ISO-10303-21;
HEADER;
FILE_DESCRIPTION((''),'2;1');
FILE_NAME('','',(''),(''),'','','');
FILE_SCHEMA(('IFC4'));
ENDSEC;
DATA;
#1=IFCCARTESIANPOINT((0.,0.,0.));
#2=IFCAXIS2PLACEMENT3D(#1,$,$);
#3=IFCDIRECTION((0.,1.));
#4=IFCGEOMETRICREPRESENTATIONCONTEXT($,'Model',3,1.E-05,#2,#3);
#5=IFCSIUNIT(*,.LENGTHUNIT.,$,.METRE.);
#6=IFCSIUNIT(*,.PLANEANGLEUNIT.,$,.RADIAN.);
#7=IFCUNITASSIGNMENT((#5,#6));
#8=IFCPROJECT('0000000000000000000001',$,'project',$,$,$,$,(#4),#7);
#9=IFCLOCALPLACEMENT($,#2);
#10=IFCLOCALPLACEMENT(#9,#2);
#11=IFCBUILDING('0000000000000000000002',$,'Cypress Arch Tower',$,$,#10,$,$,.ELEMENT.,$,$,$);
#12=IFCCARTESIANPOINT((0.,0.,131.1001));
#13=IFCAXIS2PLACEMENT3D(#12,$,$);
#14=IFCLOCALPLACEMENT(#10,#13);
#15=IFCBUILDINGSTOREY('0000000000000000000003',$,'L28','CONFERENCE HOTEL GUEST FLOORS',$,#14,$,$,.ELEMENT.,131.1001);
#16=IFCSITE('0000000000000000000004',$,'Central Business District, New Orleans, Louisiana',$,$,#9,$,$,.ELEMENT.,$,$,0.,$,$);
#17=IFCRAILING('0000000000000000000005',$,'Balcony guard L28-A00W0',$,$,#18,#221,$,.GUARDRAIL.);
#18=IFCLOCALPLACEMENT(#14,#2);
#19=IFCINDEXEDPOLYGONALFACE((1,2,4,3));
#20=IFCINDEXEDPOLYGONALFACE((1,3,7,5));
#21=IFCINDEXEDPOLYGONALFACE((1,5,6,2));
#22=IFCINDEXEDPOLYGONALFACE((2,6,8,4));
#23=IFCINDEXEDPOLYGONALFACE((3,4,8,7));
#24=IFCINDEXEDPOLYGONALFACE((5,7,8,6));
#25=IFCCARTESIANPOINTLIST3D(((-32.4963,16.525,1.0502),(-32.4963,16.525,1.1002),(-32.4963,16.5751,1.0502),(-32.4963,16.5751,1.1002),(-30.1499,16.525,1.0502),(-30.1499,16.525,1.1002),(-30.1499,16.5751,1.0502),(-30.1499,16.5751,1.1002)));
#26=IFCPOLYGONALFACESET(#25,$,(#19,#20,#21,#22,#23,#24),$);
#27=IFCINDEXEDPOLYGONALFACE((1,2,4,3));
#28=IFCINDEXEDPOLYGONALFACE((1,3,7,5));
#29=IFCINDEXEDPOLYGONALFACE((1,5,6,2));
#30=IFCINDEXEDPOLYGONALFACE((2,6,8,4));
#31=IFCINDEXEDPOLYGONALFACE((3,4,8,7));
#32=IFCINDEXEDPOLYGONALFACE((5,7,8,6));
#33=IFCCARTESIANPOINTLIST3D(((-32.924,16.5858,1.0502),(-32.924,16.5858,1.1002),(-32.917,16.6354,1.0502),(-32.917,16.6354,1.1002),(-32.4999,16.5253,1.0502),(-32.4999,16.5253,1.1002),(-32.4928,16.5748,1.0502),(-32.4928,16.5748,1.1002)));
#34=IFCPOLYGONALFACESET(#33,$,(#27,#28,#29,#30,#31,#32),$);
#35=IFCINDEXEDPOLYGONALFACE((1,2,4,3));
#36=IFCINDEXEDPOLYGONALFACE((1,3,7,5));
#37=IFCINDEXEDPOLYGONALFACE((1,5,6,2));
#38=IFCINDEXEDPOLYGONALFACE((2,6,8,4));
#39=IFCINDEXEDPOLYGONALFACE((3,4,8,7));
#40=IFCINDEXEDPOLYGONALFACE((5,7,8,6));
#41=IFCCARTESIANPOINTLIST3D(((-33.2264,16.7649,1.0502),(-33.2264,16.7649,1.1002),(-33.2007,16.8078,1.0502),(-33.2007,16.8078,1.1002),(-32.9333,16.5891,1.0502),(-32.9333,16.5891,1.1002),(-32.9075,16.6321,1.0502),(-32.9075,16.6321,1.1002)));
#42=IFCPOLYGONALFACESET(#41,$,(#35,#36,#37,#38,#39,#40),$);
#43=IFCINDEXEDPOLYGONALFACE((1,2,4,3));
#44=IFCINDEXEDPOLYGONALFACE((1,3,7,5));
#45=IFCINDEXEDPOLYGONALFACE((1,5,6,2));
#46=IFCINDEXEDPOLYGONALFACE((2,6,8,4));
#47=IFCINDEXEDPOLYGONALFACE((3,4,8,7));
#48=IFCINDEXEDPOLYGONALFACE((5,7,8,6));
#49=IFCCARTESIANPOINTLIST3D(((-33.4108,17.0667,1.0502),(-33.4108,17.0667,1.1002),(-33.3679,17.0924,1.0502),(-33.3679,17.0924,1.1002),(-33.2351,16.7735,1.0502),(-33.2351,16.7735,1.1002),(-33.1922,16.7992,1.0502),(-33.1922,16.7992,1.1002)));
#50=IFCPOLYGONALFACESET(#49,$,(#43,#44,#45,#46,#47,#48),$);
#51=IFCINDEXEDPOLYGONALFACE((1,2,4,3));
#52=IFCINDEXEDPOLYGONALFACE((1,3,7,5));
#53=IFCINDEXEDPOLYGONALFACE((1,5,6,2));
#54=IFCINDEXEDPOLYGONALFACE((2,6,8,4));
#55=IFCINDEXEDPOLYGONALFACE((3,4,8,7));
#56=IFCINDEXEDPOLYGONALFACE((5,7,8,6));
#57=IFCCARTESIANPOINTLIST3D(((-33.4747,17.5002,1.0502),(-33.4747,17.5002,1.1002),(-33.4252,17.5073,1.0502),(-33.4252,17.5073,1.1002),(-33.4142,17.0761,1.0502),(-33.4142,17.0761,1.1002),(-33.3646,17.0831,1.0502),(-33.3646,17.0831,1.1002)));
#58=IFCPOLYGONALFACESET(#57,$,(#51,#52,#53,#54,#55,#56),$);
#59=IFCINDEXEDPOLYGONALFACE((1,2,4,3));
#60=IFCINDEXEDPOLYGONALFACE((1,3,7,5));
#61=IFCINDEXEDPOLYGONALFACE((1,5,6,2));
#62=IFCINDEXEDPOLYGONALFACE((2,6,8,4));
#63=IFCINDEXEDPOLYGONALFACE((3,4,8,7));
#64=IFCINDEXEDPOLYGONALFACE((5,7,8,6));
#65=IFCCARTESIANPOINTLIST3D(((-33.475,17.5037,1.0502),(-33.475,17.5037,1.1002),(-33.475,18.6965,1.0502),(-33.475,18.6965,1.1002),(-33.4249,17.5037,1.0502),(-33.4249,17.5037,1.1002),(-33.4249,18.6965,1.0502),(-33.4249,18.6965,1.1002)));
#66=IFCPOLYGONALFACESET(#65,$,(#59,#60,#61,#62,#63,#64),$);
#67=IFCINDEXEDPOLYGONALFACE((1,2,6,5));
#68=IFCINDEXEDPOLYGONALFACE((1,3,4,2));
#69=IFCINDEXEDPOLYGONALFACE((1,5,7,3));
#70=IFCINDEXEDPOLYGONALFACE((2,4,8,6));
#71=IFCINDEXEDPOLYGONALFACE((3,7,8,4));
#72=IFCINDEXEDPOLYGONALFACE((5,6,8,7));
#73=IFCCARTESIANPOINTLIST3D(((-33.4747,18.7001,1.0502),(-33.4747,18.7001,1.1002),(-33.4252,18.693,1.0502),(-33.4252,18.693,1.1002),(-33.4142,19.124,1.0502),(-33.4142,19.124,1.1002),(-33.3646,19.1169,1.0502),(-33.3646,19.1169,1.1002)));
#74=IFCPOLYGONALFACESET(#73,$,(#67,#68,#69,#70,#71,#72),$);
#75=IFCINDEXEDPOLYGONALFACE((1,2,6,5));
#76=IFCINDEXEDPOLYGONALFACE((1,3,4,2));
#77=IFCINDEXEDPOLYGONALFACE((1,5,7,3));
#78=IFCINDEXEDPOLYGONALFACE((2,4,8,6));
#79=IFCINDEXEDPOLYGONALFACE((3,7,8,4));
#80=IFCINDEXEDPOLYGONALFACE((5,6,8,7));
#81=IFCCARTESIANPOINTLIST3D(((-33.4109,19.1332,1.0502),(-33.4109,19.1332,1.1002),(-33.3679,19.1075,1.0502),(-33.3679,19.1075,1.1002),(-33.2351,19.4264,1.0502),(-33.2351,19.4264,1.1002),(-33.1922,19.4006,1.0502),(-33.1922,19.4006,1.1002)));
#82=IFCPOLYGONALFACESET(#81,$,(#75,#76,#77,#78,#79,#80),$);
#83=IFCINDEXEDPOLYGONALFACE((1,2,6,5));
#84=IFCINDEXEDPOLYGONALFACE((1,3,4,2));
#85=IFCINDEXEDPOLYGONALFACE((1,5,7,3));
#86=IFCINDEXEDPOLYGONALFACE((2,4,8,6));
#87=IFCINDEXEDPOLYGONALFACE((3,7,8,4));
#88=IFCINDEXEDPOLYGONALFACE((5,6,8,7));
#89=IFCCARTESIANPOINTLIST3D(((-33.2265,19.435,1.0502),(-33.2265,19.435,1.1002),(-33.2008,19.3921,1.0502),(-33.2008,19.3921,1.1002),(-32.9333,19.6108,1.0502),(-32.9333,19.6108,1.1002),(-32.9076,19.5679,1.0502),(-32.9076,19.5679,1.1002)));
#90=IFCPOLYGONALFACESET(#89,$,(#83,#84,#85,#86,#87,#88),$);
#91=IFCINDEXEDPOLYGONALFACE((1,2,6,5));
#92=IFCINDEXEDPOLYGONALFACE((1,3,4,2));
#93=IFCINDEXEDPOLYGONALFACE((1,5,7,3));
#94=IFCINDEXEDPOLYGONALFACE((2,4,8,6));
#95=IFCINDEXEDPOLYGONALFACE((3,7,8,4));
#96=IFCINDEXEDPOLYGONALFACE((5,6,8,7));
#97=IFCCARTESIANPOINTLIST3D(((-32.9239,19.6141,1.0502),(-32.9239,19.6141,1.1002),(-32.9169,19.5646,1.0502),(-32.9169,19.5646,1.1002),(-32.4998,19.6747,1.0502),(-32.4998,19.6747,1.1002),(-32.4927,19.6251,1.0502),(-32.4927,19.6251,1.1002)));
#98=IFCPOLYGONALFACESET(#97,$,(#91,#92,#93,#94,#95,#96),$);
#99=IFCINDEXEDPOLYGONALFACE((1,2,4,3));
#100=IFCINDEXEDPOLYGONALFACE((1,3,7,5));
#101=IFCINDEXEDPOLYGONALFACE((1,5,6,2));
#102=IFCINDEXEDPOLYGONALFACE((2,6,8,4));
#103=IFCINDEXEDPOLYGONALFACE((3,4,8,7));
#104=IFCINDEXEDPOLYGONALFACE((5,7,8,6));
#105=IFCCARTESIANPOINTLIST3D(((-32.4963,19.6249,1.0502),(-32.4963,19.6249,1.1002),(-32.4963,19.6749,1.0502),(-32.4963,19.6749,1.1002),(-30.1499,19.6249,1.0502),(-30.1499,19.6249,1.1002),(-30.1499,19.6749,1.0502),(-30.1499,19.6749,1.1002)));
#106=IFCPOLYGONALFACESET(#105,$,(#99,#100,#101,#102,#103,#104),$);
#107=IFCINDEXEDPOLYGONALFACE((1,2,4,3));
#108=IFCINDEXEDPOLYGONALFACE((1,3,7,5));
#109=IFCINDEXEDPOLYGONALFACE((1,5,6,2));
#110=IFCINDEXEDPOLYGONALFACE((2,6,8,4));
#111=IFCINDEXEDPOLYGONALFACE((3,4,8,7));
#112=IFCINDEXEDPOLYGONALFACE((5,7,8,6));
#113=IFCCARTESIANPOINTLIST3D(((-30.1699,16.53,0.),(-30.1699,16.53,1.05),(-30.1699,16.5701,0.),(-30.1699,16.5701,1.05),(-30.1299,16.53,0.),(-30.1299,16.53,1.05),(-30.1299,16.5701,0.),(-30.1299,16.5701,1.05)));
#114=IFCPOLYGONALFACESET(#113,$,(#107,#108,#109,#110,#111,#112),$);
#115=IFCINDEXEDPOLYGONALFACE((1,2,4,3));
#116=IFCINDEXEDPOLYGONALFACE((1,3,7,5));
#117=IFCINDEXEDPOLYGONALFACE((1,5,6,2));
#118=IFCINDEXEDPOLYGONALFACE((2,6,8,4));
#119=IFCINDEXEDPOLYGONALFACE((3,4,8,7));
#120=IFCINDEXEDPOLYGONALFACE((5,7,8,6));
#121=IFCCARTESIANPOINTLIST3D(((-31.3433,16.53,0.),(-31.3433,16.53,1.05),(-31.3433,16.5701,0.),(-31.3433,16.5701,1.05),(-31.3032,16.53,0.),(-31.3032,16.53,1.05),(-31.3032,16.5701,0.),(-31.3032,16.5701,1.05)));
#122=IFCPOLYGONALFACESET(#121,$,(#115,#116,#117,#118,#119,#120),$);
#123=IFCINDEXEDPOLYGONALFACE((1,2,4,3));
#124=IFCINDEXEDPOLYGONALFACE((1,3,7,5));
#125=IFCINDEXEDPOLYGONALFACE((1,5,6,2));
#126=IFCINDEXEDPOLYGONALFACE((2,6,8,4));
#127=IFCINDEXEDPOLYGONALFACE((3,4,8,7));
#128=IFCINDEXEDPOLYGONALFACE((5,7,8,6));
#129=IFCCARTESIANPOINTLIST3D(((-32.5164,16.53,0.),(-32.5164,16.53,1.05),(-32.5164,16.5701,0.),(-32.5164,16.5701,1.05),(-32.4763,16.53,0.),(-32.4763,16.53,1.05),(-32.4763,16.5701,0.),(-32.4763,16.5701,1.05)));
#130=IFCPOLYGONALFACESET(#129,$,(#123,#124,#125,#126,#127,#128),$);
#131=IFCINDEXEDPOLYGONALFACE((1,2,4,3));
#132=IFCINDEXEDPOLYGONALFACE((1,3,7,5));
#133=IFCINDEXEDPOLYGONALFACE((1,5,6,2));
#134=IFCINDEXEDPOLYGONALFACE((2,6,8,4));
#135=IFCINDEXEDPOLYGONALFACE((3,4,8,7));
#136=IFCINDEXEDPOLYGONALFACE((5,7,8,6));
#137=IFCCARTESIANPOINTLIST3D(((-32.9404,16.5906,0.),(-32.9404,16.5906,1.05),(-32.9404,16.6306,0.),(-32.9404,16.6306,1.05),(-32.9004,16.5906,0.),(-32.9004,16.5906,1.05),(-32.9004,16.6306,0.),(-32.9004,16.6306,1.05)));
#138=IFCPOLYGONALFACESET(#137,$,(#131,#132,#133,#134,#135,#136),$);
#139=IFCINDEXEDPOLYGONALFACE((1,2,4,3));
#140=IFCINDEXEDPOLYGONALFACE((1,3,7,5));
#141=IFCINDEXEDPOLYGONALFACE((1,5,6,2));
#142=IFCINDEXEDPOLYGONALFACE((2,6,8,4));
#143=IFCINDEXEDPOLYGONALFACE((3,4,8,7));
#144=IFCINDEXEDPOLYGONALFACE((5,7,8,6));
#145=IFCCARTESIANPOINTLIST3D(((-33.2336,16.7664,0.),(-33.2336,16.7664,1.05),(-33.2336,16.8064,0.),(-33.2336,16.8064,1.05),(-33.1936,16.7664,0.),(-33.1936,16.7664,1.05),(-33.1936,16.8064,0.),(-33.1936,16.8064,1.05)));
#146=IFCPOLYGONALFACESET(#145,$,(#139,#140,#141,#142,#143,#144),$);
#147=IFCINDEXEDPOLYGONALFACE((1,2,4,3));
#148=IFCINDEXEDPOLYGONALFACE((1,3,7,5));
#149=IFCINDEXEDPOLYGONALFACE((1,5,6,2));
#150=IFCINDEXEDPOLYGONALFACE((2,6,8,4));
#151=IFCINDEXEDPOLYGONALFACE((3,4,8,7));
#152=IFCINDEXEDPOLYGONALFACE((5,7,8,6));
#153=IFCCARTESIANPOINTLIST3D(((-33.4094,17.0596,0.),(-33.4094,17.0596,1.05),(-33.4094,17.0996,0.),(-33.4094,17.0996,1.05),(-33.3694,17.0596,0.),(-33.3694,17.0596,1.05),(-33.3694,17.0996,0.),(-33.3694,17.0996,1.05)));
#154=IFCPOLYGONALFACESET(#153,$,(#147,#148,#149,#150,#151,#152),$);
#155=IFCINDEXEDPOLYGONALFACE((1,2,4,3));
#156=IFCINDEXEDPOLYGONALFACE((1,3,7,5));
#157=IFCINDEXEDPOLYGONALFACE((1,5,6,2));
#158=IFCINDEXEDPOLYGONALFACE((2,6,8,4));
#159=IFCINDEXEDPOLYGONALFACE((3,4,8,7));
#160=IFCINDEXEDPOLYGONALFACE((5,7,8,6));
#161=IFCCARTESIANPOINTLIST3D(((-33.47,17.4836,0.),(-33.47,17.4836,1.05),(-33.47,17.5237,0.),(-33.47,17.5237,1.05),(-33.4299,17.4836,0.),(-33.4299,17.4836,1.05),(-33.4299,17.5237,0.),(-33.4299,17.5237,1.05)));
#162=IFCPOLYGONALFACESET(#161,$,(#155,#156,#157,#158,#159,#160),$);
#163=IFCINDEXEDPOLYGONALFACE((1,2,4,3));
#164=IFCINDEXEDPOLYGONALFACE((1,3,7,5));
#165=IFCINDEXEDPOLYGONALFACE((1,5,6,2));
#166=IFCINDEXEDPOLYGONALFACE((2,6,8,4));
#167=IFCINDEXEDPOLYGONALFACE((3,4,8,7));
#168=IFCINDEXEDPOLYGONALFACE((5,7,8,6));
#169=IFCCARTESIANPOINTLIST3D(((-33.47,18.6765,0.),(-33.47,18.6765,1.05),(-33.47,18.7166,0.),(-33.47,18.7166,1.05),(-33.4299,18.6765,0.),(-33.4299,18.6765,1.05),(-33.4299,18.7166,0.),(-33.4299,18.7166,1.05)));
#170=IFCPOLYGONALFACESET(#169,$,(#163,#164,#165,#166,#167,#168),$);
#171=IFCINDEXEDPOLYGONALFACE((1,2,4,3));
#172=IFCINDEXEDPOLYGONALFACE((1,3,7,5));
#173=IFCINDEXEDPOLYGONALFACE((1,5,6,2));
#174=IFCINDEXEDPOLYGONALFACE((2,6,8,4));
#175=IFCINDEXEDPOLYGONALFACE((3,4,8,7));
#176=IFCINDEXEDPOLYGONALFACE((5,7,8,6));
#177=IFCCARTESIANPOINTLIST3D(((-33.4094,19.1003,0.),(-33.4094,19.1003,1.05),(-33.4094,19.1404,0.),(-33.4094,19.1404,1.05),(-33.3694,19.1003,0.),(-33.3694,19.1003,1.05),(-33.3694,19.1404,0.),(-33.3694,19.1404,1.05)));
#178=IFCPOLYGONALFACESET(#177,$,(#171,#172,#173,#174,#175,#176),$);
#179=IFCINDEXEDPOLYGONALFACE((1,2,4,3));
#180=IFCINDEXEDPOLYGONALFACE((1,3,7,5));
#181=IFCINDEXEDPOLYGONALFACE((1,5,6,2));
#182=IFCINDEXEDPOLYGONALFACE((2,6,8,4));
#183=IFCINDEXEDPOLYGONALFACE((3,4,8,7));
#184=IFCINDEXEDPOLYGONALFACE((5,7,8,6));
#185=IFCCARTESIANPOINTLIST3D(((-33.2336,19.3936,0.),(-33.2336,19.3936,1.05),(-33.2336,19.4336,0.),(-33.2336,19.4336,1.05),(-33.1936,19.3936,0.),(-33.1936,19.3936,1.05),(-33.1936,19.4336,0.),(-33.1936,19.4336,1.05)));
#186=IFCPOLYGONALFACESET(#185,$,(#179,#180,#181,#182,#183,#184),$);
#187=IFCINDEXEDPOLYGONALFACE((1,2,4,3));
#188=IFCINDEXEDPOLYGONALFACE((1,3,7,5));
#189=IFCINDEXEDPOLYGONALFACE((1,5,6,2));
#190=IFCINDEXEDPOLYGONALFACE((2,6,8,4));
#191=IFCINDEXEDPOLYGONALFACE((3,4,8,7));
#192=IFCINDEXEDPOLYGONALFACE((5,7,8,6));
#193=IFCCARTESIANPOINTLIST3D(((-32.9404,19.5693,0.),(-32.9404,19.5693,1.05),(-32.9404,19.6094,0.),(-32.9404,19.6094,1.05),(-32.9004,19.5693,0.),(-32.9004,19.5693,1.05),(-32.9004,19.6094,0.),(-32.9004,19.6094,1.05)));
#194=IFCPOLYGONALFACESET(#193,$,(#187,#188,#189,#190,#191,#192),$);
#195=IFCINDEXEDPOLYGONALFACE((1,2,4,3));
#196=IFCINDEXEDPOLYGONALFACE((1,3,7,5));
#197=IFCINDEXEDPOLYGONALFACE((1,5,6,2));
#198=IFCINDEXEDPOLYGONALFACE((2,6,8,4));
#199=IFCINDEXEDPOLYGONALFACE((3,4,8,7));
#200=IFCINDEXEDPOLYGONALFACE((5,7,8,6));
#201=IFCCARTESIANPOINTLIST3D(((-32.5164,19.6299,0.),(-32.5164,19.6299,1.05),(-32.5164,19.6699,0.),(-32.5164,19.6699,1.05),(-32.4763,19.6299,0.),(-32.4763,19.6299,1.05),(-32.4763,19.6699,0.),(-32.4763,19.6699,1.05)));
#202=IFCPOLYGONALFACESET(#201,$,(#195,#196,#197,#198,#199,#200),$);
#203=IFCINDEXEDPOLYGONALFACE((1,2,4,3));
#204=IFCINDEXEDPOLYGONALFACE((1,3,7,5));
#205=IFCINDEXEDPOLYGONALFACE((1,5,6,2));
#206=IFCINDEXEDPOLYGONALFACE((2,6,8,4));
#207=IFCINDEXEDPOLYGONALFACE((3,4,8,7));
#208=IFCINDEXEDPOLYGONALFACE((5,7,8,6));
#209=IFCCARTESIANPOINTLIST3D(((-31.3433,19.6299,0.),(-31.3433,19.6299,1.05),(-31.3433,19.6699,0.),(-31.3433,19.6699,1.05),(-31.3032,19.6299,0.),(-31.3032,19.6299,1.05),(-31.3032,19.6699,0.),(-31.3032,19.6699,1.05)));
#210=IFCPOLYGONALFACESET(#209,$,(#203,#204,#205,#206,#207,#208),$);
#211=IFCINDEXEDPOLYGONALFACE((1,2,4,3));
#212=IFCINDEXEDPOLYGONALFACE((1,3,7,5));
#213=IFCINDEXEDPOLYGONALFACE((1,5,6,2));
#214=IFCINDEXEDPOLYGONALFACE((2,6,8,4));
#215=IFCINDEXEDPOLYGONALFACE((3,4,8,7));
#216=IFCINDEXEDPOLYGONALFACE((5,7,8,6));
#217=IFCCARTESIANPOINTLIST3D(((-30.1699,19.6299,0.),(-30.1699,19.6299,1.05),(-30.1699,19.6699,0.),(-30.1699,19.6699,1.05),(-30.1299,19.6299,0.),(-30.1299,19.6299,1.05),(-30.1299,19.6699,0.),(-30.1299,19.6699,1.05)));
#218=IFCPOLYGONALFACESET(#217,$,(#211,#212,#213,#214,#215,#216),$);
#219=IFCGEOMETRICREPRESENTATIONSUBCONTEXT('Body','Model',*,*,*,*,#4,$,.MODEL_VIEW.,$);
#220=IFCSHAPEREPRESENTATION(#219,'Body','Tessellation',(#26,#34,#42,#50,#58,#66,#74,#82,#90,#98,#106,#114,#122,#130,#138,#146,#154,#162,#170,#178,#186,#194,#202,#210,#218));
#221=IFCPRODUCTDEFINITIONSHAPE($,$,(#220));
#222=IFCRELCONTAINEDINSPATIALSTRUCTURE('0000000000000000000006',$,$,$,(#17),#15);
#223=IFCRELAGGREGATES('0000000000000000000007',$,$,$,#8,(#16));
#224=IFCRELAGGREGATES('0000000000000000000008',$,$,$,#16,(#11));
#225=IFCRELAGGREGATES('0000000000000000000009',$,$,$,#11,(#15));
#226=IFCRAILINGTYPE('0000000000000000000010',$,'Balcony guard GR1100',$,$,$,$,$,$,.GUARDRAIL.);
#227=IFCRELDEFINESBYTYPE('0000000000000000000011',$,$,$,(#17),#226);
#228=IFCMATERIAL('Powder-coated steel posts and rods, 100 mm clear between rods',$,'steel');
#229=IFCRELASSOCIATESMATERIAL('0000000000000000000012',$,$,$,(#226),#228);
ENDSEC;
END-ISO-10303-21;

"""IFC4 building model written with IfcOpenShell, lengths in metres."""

from ifc_helpers import new_model, si_unit, direction, frame, origin, origin_2d, place, context, subcontext, project, spatial, rectangle, extrude, material, type_object, element, save


model = new_model("IFC4")

# Units and contexts
model_context = context("Model", 3, precision=1e-05, world=origin(), true_north=direction((0.0, 1.0)))
body_context = subcontext(model_context, "Body", "Model", "MODEL_VIEW")
ifc_project = project(units=[si_unit("LENGTHUNIT", "METRE"), si_unit("PLANEANGLEUNIT", "RADIAN")], contexts=[model_context])

# Site, building, storey
site_placement = place(None, origin())
site = spatial("IfcSite", under=ifc_project, at=site_placement, Name="Central Business District, New Orleans, Louisiana", CompositionType="ELEMENT", RefElevation=0.0)
building_placement = place(site_placement, origin())
building = spatial("IfcBuilding", under=site, at=building_placement, Name="Cypress Arch Tower", CompositionType="ELEMENT")
storey_placement = place(building_placement, frame((0.0, 0.0, 131.1001)))
storey = spatial("IfcBuildingStorey", under=building, at=storey_placement, Name="L28", Description="CONFERENCE HOTEL GUEST FLOORS", CompositionType="ELEMENT", Elevation=131.1001)

# Railing
ifc_material_1 = material(Name="Powder-coated steel posts and rods, 100 mm clear between rods", Category="steel")
railing_type_1 = type_object("IfcRailingType", Name="Balcony guard GR1100", PredefinedType="GUARDRAIL", material=ifc_material_1)
railing_1_placement = place(storey_placement, frame((-30.1499, 16.55, 0.0)))
element("IfcRailing", 1, at=railing_1_placement, inside=storey, type_object=railing_type_1, Name="Balcony guard L28-A00W0", PredefinedType="GUARDRAIL", context=body_context, shape_type="SweptSolid", body=[
    extrude(rectangle(XDim=0.05, YDim=0.05, at=origin_2d()), frame((0.0, 0.0, 1.0752), z_axis=(-1.0, 0.0, 0.0), x_axis=(0.0, -1.0, 0.0)), (0.0, 0.0, 1.0), 2.3464),
    extrude(rectangle(XDim=0.05, YDim=0.05, at=origin_2d()), frame((-2.3464, 0.0, 1.0752), z_axis=(-0.989961, 0.141342, 0.0), x_axis=(-0.141342, -0.989961, 0.0)), (0.0, 0.0, 1.0), 0.4285),
    extrude(rectangle(XDim=0.05, YDim=0.05, at=origin_2d()), frame((-2.7705, 0.0605, 1.0752), z_axis=(-0.857682, 0.514181, 0.0), x_axis=(-0.514181, -0.857682, 0.0)), (0.0, 0.0, 1.0), 0.3418),
    extrude(rectangle(XDim=0.05, YDim=0.05, at=origin_2d()), frame((-3.0637, 0.2363, 1.0752), z_axis=(-0.514181, 0.857682, 0.0), x_axis=(-0.857682, -0.514181, 0.0)), (0.0, 0.0, 1.0), 0.3418),
    extrude(rectangle(XDim=0.05, YDim=0.05, at=origin_2d()), frame((-3.2395, 0.5295, 1.0752), z_axis=(-0.141342, 0.989961, 0.0), x_axis=(-0.989961, -0.141342, 0.0)), (0.0, 0.0, 1.0), 0.4285),
    extrude(rectangle(XDim=0.05, YDim=0.05, at=origin_2d()), frame((-3.3, 0.9536, 1.0752), z_axis=(0.0, 1.0, 0.0), x_axis=(-1.0, 0.0, 0.0)), (0.0, 0.0, 1.0), 1.1929),
    extrude(rectangle(XDim=0.05, YDim=0.05, at=origin_2d()), frame((-3.3, 2.1465, 1.0752), z_axis=(0.141421, 0.989949, 0.0), x_axis=(-0.989949, 0.141421, 0.0)), (0.0, 0.0, 1.0), 0.4282),
    extrude(rectangle(XDim=0.05, YDim=0.05, at=origin_2d()), frame((-3.2395, 2.5703, 1.0752), z_axis=(0.514181, 0.857682, 0.0), x_axis=(-0.857682, 0.514181, 0.0)), (0.0, 0.0, 1.0), 0.3418),
    extrude(rectangle(XDim=0.05, YDim=0.05, at=origin_2d()), frame((-3.0637, 2.8635, 1.0752), z_axis=(0.857682, 0.514181, 0.0), x_axis=(-0.514181, 0.857682, 0.0)), (0.0, 0.0, 1.0), 0.3418),
    extrude(rectangle(XDim=0.05, YDim=0.05, at=origin_2d()), frame((-2.7705, 3.0393, 1.0752), z_axis=(0.989961, 0.141342, 0.0), x_axis=(-0.141342, 0.989961, 0.0)), (0.0, 0.0, 1.0), 0.4285),
    extrude(rectangle(XDim=0.05, YDim=0.05, at=origin_2d()), frame((-2.3464, 3.0999, 1.0752), z_axis=(1.0, 0.0, 0.0), x_axis=(0.0, 1.0, 0.0)), (0.0, 0.0, 1.0), 2.3464),
    extrude(rectangle(XDim=0.04, YDim=0.04, at=origin_2d()), origin(), (0.0, 0.0, 1.0), 1.05),
    extrude(rectangle(XDim=0.04, YDim=0.04, at=origin_2d()), frame((-1.1733, 0.0, 0.0)), (0.0, 0.0, 1.0), 1.05),
    extrude(rectangle(XDim=0.04, YDim=0.04, at=origin_2d()), frame((-2.3464, 0.0, 0.0)), (0.0, 0.0, 1.0), 1.05),
    extrude(rectangle(XDim=0.04, YDim=0.04, at=origin_2d()), frame((-2.7705, 0.0605, 0.0)), (0.0, 0.0, 1.0), 1.05),
    extrude(rectangle(XDim=0.04, YDim=0.04, at=origin_2d()), frame((-3.0637, 0.2363, 0.0)), (0.0, 0.0, 1.0), 1.05),
    extrude(rectangle(XDim=0.04, YDim=0.04, at=origin_2d()), frame((-3.2395, 0.5295, 0.0)), (0.0, 0.0, 1.0), 1.05),
    extrude(rectangle(XDim=0.04, YDim=0.04, at=origin_2d()), frame((-3.3, 0.9536, 0.0)), (0.0, 0.0, 1.0), 1.05),
    extrude(rectangle(XDim=0.04, YDim=0.04, at=origin_2d()), frame((-3.3, 2.1465, 0.0)), (0.0, 0.0, 1.0), 1.05),
    extrude(rectangle(XDim=0.04, YDim=0.04, at=origin_2d()), frame((-3.2395, 2.5703, 0.0)), (0.0, 0.0, 1.0), 1.05),
    extrude(rectangle(XDim=0.04, YDim=0.04, at=origin_2d()), frame((-3.0637, 2.8635, 0.0)), (0.0, 0.0, 1.0), 1.05),
    extrude(rectangle(XDim=0.04, YDim=0.04, at=origin_2d()), frame((-2.7705, 3.0393, 0.0)), (0.0, 0.0, 1.0), 1.05),
    extrude(rectangle(XDim=0.04, YDim=0.04, at=origin_2d()), frame((-2.3464, 3.0999, 0.0)), (0.0, 0.0, 1.0), 1.05),
    extrude(rectangle(XDim=0.04, YDim=0.04, at=origin_2d()), frame((-1.1733, 3.0999, 0.0)), (0.0, 0.0, 1.0), 1.05),
    extrude(rectangle(XDim=0.04, YDim=0.04, at=origin_2d()), frame((0.0, 3.0999, 0.0)), (0.0, 0.0, 1.0), 1.05),
])

save(model, "model.ifc")
